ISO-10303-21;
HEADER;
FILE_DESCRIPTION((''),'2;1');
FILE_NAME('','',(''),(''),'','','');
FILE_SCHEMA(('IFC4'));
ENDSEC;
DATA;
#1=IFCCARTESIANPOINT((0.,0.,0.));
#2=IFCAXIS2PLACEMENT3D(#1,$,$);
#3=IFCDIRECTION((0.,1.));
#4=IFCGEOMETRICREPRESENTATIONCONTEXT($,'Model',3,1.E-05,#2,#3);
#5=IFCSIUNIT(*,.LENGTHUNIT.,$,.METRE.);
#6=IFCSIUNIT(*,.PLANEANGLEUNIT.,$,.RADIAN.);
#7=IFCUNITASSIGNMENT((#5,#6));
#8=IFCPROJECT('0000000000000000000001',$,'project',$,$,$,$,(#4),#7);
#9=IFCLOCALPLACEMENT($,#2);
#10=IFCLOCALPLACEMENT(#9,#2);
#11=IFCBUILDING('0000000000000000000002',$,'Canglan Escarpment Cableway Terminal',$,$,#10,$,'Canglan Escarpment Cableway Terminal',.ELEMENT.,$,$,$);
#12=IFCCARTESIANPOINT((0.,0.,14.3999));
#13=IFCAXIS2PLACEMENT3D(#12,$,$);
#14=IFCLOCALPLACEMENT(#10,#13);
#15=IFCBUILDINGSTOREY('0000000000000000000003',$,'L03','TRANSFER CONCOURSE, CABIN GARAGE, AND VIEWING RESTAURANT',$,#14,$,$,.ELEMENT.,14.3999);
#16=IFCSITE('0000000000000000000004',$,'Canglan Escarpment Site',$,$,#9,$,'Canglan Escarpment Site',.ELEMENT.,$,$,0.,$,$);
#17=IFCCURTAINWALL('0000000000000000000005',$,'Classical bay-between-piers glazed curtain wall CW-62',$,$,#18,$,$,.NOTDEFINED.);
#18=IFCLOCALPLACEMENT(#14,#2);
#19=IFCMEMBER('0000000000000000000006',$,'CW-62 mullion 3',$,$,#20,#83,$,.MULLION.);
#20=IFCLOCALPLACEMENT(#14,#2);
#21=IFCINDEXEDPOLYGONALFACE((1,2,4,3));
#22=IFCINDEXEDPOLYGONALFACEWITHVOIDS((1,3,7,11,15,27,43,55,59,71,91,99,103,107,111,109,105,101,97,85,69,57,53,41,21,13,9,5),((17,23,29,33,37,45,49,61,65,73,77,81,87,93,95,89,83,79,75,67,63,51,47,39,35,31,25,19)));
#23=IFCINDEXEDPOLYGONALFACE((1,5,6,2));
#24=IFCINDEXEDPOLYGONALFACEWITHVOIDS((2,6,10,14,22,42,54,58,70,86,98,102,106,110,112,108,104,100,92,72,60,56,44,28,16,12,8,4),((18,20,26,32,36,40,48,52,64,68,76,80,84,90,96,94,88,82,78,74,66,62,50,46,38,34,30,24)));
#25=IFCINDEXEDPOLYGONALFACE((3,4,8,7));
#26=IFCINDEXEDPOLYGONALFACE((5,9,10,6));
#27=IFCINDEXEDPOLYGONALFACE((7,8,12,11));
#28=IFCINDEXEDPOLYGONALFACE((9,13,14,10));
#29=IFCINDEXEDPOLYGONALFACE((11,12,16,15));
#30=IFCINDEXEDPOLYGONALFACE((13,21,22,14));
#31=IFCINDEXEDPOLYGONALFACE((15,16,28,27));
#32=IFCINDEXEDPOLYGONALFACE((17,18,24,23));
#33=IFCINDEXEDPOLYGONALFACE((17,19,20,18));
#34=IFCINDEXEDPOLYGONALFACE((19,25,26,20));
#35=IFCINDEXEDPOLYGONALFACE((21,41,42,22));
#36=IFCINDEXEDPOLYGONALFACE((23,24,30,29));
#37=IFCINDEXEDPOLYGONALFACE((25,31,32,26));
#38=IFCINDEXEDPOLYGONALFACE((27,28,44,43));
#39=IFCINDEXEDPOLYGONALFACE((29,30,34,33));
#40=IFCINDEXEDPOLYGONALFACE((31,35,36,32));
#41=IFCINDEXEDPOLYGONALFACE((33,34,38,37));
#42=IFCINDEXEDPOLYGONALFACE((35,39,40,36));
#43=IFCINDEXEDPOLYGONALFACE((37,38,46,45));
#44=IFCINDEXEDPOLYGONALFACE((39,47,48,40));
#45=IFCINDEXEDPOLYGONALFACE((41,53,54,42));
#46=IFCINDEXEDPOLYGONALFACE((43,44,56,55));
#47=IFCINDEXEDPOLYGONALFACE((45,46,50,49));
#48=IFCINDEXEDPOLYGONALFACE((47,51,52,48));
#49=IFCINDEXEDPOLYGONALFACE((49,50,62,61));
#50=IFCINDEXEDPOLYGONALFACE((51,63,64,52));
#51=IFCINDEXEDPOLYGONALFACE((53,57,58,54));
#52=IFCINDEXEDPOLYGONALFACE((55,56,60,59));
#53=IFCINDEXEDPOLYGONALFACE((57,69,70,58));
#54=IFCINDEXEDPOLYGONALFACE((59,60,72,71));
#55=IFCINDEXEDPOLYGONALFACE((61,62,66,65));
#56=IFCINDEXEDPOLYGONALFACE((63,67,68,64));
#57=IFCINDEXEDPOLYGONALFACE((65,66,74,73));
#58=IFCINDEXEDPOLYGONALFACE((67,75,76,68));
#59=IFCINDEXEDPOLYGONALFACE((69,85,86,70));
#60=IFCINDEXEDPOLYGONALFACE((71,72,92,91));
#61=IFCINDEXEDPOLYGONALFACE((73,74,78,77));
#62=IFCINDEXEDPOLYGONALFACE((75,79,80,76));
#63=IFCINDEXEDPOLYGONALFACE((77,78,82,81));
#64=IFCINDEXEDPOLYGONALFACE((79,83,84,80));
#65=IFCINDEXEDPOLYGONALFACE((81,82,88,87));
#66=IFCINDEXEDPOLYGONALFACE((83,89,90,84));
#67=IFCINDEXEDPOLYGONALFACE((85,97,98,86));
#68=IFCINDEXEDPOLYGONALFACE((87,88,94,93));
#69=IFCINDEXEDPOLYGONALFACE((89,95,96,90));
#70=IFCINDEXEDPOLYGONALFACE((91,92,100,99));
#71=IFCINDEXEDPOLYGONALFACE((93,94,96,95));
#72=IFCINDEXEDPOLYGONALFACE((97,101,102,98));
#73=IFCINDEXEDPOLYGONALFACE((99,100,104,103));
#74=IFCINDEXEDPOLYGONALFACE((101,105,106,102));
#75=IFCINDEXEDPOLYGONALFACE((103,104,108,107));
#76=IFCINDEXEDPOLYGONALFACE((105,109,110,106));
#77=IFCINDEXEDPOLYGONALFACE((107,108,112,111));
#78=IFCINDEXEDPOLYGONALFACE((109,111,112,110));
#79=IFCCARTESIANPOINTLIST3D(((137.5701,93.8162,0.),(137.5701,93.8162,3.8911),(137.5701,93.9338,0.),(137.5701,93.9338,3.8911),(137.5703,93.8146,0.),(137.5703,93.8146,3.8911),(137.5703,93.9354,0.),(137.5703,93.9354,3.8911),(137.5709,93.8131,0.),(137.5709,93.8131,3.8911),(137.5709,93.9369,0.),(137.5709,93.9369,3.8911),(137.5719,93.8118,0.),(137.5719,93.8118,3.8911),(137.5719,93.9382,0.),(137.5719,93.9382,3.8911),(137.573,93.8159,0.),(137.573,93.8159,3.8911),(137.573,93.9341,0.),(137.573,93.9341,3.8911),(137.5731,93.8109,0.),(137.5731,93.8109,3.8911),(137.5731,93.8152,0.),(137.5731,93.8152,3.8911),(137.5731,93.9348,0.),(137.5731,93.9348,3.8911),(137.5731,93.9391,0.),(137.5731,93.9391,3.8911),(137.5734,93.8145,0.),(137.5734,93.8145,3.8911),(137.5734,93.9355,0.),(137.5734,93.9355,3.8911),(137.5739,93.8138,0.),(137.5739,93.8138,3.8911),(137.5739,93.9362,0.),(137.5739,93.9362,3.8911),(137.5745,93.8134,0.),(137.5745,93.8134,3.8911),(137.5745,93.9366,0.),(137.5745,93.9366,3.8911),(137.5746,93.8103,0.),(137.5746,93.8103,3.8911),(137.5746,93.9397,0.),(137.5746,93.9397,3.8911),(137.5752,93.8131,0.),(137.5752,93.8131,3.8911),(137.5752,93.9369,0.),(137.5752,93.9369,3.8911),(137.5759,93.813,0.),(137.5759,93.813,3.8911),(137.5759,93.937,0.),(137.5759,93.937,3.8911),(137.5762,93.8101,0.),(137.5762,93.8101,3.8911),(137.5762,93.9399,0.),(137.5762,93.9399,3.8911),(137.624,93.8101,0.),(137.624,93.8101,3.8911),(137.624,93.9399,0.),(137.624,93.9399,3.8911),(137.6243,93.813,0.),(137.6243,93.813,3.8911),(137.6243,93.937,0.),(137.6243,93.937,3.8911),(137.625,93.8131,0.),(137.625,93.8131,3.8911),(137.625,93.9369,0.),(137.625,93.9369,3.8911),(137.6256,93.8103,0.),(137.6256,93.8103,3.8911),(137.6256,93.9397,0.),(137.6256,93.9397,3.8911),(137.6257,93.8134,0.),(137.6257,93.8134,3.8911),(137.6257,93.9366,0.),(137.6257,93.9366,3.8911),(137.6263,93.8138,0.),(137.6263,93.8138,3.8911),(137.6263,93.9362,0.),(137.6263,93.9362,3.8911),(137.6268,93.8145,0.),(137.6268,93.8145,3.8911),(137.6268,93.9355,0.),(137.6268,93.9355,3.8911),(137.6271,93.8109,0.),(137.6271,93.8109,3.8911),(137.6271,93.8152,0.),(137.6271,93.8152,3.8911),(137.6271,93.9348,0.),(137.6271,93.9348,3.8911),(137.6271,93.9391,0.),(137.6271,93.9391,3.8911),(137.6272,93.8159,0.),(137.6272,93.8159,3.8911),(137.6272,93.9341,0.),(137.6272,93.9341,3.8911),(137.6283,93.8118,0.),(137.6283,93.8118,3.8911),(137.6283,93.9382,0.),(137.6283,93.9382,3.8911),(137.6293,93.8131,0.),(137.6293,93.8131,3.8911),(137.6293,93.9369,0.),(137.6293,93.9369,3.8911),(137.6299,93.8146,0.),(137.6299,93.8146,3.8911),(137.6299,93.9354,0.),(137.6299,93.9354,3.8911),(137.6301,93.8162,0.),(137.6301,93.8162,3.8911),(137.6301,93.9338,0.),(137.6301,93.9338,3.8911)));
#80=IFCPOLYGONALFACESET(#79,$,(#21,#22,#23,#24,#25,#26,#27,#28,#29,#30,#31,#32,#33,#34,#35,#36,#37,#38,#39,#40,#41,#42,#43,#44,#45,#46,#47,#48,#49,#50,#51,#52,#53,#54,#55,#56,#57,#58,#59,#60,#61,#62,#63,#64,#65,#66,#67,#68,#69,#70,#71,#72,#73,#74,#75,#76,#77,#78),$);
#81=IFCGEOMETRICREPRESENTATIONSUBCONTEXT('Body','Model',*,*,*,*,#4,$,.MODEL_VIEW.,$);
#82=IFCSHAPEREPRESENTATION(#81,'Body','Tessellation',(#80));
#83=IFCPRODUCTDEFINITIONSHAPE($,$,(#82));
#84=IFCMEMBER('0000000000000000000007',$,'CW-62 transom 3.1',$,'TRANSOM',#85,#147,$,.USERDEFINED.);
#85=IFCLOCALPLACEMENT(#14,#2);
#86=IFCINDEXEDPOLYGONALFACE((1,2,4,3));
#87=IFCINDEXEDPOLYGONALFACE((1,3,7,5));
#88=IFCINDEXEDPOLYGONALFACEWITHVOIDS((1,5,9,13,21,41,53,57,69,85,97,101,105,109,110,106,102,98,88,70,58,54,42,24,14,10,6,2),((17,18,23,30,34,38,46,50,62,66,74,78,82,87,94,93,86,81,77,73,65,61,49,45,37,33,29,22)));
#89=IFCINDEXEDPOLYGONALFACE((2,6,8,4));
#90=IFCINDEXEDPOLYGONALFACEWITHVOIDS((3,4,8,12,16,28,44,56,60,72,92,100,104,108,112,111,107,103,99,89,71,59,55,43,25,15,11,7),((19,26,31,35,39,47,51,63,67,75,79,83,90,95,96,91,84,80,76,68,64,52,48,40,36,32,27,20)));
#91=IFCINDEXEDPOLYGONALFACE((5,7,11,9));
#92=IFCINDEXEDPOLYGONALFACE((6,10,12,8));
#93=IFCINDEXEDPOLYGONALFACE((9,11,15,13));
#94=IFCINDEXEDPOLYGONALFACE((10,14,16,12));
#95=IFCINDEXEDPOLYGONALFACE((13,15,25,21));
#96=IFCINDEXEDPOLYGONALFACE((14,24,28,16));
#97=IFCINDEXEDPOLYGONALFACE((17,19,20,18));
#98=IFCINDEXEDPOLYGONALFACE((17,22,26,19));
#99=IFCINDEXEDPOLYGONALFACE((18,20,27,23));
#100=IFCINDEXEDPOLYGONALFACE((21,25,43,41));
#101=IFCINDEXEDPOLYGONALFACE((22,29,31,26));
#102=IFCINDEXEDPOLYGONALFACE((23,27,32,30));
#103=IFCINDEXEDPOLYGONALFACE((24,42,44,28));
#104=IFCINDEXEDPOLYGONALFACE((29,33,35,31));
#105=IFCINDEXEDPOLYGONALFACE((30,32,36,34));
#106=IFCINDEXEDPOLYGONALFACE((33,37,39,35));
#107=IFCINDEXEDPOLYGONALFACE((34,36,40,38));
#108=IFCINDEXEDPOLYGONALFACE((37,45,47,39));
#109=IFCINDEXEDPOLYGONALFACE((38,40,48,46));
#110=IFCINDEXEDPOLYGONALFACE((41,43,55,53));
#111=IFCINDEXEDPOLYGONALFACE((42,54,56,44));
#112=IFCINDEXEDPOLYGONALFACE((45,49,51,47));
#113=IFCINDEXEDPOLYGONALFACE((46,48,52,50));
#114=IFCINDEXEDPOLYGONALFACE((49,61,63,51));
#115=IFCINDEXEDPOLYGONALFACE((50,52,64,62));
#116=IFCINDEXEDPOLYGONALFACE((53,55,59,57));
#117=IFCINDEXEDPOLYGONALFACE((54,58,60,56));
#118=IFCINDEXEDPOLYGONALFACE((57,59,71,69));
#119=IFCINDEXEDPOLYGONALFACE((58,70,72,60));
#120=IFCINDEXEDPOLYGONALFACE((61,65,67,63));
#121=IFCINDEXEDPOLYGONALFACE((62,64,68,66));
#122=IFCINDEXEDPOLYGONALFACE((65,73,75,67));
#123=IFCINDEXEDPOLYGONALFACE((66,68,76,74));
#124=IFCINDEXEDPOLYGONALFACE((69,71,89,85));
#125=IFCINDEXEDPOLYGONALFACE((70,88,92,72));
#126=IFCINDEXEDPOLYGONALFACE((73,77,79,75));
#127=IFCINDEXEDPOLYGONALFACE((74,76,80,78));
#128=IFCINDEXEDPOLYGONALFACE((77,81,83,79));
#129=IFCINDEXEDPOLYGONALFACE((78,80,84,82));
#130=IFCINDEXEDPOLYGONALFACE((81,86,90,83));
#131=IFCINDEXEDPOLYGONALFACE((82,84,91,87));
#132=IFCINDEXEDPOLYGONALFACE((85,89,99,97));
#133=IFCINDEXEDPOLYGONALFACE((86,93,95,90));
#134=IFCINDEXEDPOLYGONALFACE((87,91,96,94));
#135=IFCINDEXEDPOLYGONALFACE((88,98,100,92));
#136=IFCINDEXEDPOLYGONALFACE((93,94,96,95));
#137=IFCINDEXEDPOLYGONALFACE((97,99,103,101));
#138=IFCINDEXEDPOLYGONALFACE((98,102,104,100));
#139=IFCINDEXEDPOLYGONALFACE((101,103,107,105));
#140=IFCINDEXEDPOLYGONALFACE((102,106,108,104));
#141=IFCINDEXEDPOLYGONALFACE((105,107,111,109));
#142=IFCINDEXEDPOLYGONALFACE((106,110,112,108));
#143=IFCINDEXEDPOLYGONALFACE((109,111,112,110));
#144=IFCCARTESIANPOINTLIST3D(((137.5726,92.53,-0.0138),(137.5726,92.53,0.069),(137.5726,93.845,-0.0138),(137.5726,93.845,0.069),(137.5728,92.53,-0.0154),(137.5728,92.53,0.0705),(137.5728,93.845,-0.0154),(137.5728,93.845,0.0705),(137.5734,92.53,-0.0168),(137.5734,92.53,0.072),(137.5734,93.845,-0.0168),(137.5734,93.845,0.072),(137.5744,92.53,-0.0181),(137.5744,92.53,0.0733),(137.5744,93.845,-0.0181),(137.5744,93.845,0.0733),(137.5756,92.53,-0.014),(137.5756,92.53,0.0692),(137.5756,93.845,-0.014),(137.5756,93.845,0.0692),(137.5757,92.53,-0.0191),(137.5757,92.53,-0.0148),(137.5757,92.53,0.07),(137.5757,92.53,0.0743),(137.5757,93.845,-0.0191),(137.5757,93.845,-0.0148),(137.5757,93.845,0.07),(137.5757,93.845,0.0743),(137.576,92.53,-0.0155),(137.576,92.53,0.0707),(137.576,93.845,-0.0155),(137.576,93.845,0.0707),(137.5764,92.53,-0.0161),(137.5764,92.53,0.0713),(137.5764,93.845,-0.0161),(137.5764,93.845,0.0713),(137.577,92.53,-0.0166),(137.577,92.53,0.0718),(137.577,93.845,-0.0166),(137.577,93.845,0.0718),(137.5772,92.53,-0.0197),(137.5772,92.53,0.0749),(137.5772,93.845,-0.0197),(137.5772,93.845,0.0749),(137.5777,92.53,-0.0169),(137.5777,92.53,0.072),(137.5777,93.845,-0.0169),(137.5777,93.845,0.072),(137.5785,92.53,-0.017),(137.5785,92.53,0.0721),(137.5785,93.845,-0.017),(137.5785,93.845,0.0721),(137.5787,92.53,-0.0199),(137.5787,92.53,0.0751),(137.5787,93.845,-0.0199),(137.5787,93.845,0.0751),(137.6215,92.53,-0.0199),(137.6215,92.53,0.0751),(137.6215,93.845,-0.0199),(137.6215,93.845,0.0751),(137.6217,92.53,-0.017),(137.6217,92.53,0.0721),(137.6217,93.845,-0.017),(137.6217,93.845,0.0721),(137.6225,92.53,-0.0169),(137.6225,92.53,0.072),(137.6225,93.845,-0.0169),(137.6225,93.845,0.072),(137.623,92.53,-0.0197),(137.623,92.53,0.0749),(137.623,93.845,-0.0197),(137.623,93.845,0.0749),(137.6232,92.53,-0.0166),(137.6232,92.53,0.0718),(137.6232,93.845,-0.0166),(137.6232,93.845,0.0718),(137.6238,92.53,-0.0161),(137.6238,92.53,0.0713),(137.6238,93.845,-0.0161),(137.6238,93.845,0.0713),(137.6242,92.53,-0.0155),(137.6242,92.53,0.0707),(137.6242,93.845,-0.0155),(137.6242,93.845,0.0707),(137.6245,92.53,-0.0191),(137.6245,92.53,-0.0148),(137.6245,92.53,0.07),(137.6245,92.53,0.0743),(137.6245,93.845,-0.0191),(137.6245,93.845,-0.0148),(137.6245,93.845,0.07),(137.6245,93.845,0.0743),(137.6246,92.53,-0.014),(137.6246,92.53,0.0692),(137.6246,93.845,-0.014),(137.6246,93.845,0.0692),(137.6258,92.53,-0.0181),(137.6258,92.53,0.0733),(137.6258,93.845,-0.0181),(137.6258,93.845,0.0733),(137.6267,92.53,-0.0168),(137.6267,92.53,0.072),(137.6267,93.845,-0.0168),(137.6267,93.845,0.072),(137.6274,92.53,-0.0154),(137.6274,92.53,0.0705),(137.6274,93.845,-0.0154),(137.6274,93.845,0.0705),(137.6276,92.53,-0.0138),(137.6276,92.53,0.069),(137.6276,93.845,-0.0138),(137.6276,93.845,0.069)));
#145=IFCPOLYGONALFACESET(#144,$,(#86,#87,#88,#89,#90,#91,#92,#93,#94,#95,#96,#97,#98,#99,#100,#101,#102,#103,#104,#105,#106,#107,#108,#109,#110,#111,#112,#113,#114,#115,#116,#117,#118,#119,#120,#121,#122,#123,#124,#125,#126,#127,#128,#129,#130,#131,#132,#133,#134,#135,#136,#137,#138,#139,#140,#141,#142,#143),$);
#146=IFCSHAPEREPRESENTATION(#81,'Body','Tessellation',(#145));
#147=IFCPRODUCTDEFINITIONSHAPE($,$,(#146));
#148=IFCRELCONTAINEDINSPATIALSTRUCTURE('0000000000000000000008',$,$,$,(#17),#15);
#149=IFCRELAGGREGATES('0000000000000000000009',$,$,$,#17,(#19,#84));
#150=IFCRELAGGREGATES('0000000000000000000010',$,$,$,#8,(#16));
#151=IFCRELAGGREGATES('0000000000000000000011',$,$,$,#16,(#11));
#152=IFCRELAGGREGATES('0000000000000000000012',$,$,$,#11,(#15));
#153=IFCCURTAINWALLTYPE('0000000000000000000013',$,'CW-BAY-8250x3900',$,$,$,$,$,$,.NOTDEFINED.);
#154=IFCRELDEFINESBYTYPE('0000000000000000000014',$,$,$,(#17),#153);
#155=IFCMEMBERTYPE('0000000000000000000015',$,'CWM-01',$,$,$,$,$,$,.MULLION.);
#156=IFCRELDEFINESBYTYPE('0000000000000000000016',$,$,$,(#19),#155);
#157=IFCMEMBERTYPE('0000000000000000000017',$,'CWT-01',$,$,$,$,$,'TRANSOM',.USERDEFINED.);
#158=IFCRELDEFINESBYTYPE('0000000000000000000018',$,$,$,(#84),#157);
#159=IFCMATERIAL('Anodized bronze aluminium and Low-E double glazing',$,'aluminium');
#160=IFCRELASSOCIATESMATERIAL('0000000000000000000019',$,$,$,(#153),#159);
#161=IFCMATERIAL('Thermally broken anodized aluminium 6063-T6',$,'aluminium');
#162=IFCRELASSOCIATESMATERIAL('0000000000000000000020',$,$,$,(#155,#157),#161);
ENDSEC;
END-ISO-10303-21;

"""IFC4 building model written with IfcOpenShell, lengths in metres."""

from ifc_helpers import new_model, si_unit, direction, frame, origin, origin_2d, place, context, subcontext, project, spatial, hollow_rectangle, extrude, material, material_profile, profile_set, type_object, element, aggregate, save


model = new_model("IFC4")

# Units and contexts
model_context = context("Model", 3, precision=1e-05, world=origin(), true_north=direction((0.0, 1.0)))
body_context = subcontext(model_context, "Body", "Model", "MODEL_VIEW")
ifc_project = project(units=[si_unit("LENGTHUNIT", "METRE"), si_unit("PLANEANGLEUNIT", "RADIAN")], contexts=[model_context])

# Site, building, storey
site_placement = place(None, origin())
site = spatial("IfcSite", under=ifc_project, at=site_placement, Name="Canglan Escarpment Site", LongName="Canglan Escarpment Site", CompositionType="ELEMENT", RefElevation=0.0)
building_placement = place(site_placement, origin())
building = spatial("IfcBuilding", under=site, at=building_placement, Name="Canglan Escarpment Cableway Terminal", LongName="Canglan Escarpment Cableway Terminal", CompositionType="ELEMENT")
storey_placement = place(building_placement, frame((0.0, 0.0, 14.3999)))
storey = spatial("IfcBuildingStorey", under=building, at=storey_placement, Name="L03", Description="TRANSFER CONCOURSE, CABIN GARAGE, AND VIEWING RESTAURANT", CompositionType="ELEMENT", Elevation=14.3999)

# Curtain wall, members
ifc_material_1 = material(Name="Anodized bronze aluminium and Low-E double glazing", Category="aluminium")
curtain_wall_type = type_object("IfcCurtainWallType", Name="CW-BAY-8250x3900", PredefinedType="NOTDEFINED", material=ifc_material_1)
curtain_wall_placement = place(storey_placement, origin())
curtain_wall = element("IfcCurtainWall", 1, at=curtain_wall_placement, inside=storey, type_object=curtain_wall_type, Name="Classical bay-between-piers glazed curtain wall CW-62", PredefinedType="NOTDEFINED")
ifc_material_2 = material(Name="Thermally broken anodized aluminium 6063-T6", Category="aluminium")
ifc_material_profile_1 = material_profile(ifc_material_2, hollow_rectangle(XDim=0.0601, YDim=0.1299, WallThickness=0.0029, InnerFilletRadius=0.0029, OuterFilletRadius=0.0061, at=origin_2d()), Name="ALU-MULL 60x130x3")
ifc_profile_set_1 = profile_set([ifc_material_profile_1], Name="Thermally broken anodized aluminium 6063-T6")
member_type_1 = type_object("IfcMemberType", Name="CWM-01", PredefinedType="MULLION", material=ifc_profile_set_1)
member_1_placement = place(storey_placement, frame((137.6001, 93.875, 0.0), z_axis=(0.0, 0.0, 1.0), x_axis=(1.0, 0.0, 0.0)))
member_1 = element("IfcMember", 2, at=member_1_placement, type_object=member_type_1, Name="CW-62 mullion 3", PredefinedType="MULLION", context=body_context, shape_type="SweptSolid", body=[
    extrude(hollow_rectangle(XDim=0.0601, YDim=0.1299, WallThickness=0.0029, InnerFilletRadius=0.0029, OuterFilletRadius=0.0061, at=origin_2d()), origin(), (0.0, 0.0, 1.0), 3.8911),
])
ifc_material_profile_2 = material_profile(ifc_material_2, hollow_rectangle(XDim=0.0549, YDim=0.095, WallThickness=0.0029, InnerFilletRadius=0.0029, OuterFilletRadius=0.0061, at=origin_2d()), Name="ALU-TRAN 55x95x3")
ifc_profile_set_2 = profile_set([ifc_material_profile_2], Name="Thermally broken anodized aluminium 6063-T6")
member_type_2 = type_object("IfcMemberType", Name="CWT-01", ElementType="TRANSOM", PredefinedType="USERDEFINED", material=ifc_profile_set_2)
member_2_placement = place(storey_placement, frame((137.6001, 93.845, 0.0276), z_axis=(0.0, -1.0, 0.0), x_axis=(1.0, 0.0, 0.0)))
member_2 = element("IfcMember", 3, at=member_2_placement, type_object=member_type_2, Name="CW-62 transom 3.1", ObjectType="TRANSOM", PredefinedType="USERDEFINED", context=body_context, shape_type="SweptSolid", body=[
    extrude(hollow_rectangle(XDim=0.0549, YDim=0.095, WallThickness=0.0029, InnerFilletRadius=0.0029, OuterFilletRadius=0.0061, at=origin_2d()), origin(), (0.0, 0.0, 1.0), 1.3149),
])

aggregate(curtain_wall, [member_1, member_2])

save(model, "model.ifc")
